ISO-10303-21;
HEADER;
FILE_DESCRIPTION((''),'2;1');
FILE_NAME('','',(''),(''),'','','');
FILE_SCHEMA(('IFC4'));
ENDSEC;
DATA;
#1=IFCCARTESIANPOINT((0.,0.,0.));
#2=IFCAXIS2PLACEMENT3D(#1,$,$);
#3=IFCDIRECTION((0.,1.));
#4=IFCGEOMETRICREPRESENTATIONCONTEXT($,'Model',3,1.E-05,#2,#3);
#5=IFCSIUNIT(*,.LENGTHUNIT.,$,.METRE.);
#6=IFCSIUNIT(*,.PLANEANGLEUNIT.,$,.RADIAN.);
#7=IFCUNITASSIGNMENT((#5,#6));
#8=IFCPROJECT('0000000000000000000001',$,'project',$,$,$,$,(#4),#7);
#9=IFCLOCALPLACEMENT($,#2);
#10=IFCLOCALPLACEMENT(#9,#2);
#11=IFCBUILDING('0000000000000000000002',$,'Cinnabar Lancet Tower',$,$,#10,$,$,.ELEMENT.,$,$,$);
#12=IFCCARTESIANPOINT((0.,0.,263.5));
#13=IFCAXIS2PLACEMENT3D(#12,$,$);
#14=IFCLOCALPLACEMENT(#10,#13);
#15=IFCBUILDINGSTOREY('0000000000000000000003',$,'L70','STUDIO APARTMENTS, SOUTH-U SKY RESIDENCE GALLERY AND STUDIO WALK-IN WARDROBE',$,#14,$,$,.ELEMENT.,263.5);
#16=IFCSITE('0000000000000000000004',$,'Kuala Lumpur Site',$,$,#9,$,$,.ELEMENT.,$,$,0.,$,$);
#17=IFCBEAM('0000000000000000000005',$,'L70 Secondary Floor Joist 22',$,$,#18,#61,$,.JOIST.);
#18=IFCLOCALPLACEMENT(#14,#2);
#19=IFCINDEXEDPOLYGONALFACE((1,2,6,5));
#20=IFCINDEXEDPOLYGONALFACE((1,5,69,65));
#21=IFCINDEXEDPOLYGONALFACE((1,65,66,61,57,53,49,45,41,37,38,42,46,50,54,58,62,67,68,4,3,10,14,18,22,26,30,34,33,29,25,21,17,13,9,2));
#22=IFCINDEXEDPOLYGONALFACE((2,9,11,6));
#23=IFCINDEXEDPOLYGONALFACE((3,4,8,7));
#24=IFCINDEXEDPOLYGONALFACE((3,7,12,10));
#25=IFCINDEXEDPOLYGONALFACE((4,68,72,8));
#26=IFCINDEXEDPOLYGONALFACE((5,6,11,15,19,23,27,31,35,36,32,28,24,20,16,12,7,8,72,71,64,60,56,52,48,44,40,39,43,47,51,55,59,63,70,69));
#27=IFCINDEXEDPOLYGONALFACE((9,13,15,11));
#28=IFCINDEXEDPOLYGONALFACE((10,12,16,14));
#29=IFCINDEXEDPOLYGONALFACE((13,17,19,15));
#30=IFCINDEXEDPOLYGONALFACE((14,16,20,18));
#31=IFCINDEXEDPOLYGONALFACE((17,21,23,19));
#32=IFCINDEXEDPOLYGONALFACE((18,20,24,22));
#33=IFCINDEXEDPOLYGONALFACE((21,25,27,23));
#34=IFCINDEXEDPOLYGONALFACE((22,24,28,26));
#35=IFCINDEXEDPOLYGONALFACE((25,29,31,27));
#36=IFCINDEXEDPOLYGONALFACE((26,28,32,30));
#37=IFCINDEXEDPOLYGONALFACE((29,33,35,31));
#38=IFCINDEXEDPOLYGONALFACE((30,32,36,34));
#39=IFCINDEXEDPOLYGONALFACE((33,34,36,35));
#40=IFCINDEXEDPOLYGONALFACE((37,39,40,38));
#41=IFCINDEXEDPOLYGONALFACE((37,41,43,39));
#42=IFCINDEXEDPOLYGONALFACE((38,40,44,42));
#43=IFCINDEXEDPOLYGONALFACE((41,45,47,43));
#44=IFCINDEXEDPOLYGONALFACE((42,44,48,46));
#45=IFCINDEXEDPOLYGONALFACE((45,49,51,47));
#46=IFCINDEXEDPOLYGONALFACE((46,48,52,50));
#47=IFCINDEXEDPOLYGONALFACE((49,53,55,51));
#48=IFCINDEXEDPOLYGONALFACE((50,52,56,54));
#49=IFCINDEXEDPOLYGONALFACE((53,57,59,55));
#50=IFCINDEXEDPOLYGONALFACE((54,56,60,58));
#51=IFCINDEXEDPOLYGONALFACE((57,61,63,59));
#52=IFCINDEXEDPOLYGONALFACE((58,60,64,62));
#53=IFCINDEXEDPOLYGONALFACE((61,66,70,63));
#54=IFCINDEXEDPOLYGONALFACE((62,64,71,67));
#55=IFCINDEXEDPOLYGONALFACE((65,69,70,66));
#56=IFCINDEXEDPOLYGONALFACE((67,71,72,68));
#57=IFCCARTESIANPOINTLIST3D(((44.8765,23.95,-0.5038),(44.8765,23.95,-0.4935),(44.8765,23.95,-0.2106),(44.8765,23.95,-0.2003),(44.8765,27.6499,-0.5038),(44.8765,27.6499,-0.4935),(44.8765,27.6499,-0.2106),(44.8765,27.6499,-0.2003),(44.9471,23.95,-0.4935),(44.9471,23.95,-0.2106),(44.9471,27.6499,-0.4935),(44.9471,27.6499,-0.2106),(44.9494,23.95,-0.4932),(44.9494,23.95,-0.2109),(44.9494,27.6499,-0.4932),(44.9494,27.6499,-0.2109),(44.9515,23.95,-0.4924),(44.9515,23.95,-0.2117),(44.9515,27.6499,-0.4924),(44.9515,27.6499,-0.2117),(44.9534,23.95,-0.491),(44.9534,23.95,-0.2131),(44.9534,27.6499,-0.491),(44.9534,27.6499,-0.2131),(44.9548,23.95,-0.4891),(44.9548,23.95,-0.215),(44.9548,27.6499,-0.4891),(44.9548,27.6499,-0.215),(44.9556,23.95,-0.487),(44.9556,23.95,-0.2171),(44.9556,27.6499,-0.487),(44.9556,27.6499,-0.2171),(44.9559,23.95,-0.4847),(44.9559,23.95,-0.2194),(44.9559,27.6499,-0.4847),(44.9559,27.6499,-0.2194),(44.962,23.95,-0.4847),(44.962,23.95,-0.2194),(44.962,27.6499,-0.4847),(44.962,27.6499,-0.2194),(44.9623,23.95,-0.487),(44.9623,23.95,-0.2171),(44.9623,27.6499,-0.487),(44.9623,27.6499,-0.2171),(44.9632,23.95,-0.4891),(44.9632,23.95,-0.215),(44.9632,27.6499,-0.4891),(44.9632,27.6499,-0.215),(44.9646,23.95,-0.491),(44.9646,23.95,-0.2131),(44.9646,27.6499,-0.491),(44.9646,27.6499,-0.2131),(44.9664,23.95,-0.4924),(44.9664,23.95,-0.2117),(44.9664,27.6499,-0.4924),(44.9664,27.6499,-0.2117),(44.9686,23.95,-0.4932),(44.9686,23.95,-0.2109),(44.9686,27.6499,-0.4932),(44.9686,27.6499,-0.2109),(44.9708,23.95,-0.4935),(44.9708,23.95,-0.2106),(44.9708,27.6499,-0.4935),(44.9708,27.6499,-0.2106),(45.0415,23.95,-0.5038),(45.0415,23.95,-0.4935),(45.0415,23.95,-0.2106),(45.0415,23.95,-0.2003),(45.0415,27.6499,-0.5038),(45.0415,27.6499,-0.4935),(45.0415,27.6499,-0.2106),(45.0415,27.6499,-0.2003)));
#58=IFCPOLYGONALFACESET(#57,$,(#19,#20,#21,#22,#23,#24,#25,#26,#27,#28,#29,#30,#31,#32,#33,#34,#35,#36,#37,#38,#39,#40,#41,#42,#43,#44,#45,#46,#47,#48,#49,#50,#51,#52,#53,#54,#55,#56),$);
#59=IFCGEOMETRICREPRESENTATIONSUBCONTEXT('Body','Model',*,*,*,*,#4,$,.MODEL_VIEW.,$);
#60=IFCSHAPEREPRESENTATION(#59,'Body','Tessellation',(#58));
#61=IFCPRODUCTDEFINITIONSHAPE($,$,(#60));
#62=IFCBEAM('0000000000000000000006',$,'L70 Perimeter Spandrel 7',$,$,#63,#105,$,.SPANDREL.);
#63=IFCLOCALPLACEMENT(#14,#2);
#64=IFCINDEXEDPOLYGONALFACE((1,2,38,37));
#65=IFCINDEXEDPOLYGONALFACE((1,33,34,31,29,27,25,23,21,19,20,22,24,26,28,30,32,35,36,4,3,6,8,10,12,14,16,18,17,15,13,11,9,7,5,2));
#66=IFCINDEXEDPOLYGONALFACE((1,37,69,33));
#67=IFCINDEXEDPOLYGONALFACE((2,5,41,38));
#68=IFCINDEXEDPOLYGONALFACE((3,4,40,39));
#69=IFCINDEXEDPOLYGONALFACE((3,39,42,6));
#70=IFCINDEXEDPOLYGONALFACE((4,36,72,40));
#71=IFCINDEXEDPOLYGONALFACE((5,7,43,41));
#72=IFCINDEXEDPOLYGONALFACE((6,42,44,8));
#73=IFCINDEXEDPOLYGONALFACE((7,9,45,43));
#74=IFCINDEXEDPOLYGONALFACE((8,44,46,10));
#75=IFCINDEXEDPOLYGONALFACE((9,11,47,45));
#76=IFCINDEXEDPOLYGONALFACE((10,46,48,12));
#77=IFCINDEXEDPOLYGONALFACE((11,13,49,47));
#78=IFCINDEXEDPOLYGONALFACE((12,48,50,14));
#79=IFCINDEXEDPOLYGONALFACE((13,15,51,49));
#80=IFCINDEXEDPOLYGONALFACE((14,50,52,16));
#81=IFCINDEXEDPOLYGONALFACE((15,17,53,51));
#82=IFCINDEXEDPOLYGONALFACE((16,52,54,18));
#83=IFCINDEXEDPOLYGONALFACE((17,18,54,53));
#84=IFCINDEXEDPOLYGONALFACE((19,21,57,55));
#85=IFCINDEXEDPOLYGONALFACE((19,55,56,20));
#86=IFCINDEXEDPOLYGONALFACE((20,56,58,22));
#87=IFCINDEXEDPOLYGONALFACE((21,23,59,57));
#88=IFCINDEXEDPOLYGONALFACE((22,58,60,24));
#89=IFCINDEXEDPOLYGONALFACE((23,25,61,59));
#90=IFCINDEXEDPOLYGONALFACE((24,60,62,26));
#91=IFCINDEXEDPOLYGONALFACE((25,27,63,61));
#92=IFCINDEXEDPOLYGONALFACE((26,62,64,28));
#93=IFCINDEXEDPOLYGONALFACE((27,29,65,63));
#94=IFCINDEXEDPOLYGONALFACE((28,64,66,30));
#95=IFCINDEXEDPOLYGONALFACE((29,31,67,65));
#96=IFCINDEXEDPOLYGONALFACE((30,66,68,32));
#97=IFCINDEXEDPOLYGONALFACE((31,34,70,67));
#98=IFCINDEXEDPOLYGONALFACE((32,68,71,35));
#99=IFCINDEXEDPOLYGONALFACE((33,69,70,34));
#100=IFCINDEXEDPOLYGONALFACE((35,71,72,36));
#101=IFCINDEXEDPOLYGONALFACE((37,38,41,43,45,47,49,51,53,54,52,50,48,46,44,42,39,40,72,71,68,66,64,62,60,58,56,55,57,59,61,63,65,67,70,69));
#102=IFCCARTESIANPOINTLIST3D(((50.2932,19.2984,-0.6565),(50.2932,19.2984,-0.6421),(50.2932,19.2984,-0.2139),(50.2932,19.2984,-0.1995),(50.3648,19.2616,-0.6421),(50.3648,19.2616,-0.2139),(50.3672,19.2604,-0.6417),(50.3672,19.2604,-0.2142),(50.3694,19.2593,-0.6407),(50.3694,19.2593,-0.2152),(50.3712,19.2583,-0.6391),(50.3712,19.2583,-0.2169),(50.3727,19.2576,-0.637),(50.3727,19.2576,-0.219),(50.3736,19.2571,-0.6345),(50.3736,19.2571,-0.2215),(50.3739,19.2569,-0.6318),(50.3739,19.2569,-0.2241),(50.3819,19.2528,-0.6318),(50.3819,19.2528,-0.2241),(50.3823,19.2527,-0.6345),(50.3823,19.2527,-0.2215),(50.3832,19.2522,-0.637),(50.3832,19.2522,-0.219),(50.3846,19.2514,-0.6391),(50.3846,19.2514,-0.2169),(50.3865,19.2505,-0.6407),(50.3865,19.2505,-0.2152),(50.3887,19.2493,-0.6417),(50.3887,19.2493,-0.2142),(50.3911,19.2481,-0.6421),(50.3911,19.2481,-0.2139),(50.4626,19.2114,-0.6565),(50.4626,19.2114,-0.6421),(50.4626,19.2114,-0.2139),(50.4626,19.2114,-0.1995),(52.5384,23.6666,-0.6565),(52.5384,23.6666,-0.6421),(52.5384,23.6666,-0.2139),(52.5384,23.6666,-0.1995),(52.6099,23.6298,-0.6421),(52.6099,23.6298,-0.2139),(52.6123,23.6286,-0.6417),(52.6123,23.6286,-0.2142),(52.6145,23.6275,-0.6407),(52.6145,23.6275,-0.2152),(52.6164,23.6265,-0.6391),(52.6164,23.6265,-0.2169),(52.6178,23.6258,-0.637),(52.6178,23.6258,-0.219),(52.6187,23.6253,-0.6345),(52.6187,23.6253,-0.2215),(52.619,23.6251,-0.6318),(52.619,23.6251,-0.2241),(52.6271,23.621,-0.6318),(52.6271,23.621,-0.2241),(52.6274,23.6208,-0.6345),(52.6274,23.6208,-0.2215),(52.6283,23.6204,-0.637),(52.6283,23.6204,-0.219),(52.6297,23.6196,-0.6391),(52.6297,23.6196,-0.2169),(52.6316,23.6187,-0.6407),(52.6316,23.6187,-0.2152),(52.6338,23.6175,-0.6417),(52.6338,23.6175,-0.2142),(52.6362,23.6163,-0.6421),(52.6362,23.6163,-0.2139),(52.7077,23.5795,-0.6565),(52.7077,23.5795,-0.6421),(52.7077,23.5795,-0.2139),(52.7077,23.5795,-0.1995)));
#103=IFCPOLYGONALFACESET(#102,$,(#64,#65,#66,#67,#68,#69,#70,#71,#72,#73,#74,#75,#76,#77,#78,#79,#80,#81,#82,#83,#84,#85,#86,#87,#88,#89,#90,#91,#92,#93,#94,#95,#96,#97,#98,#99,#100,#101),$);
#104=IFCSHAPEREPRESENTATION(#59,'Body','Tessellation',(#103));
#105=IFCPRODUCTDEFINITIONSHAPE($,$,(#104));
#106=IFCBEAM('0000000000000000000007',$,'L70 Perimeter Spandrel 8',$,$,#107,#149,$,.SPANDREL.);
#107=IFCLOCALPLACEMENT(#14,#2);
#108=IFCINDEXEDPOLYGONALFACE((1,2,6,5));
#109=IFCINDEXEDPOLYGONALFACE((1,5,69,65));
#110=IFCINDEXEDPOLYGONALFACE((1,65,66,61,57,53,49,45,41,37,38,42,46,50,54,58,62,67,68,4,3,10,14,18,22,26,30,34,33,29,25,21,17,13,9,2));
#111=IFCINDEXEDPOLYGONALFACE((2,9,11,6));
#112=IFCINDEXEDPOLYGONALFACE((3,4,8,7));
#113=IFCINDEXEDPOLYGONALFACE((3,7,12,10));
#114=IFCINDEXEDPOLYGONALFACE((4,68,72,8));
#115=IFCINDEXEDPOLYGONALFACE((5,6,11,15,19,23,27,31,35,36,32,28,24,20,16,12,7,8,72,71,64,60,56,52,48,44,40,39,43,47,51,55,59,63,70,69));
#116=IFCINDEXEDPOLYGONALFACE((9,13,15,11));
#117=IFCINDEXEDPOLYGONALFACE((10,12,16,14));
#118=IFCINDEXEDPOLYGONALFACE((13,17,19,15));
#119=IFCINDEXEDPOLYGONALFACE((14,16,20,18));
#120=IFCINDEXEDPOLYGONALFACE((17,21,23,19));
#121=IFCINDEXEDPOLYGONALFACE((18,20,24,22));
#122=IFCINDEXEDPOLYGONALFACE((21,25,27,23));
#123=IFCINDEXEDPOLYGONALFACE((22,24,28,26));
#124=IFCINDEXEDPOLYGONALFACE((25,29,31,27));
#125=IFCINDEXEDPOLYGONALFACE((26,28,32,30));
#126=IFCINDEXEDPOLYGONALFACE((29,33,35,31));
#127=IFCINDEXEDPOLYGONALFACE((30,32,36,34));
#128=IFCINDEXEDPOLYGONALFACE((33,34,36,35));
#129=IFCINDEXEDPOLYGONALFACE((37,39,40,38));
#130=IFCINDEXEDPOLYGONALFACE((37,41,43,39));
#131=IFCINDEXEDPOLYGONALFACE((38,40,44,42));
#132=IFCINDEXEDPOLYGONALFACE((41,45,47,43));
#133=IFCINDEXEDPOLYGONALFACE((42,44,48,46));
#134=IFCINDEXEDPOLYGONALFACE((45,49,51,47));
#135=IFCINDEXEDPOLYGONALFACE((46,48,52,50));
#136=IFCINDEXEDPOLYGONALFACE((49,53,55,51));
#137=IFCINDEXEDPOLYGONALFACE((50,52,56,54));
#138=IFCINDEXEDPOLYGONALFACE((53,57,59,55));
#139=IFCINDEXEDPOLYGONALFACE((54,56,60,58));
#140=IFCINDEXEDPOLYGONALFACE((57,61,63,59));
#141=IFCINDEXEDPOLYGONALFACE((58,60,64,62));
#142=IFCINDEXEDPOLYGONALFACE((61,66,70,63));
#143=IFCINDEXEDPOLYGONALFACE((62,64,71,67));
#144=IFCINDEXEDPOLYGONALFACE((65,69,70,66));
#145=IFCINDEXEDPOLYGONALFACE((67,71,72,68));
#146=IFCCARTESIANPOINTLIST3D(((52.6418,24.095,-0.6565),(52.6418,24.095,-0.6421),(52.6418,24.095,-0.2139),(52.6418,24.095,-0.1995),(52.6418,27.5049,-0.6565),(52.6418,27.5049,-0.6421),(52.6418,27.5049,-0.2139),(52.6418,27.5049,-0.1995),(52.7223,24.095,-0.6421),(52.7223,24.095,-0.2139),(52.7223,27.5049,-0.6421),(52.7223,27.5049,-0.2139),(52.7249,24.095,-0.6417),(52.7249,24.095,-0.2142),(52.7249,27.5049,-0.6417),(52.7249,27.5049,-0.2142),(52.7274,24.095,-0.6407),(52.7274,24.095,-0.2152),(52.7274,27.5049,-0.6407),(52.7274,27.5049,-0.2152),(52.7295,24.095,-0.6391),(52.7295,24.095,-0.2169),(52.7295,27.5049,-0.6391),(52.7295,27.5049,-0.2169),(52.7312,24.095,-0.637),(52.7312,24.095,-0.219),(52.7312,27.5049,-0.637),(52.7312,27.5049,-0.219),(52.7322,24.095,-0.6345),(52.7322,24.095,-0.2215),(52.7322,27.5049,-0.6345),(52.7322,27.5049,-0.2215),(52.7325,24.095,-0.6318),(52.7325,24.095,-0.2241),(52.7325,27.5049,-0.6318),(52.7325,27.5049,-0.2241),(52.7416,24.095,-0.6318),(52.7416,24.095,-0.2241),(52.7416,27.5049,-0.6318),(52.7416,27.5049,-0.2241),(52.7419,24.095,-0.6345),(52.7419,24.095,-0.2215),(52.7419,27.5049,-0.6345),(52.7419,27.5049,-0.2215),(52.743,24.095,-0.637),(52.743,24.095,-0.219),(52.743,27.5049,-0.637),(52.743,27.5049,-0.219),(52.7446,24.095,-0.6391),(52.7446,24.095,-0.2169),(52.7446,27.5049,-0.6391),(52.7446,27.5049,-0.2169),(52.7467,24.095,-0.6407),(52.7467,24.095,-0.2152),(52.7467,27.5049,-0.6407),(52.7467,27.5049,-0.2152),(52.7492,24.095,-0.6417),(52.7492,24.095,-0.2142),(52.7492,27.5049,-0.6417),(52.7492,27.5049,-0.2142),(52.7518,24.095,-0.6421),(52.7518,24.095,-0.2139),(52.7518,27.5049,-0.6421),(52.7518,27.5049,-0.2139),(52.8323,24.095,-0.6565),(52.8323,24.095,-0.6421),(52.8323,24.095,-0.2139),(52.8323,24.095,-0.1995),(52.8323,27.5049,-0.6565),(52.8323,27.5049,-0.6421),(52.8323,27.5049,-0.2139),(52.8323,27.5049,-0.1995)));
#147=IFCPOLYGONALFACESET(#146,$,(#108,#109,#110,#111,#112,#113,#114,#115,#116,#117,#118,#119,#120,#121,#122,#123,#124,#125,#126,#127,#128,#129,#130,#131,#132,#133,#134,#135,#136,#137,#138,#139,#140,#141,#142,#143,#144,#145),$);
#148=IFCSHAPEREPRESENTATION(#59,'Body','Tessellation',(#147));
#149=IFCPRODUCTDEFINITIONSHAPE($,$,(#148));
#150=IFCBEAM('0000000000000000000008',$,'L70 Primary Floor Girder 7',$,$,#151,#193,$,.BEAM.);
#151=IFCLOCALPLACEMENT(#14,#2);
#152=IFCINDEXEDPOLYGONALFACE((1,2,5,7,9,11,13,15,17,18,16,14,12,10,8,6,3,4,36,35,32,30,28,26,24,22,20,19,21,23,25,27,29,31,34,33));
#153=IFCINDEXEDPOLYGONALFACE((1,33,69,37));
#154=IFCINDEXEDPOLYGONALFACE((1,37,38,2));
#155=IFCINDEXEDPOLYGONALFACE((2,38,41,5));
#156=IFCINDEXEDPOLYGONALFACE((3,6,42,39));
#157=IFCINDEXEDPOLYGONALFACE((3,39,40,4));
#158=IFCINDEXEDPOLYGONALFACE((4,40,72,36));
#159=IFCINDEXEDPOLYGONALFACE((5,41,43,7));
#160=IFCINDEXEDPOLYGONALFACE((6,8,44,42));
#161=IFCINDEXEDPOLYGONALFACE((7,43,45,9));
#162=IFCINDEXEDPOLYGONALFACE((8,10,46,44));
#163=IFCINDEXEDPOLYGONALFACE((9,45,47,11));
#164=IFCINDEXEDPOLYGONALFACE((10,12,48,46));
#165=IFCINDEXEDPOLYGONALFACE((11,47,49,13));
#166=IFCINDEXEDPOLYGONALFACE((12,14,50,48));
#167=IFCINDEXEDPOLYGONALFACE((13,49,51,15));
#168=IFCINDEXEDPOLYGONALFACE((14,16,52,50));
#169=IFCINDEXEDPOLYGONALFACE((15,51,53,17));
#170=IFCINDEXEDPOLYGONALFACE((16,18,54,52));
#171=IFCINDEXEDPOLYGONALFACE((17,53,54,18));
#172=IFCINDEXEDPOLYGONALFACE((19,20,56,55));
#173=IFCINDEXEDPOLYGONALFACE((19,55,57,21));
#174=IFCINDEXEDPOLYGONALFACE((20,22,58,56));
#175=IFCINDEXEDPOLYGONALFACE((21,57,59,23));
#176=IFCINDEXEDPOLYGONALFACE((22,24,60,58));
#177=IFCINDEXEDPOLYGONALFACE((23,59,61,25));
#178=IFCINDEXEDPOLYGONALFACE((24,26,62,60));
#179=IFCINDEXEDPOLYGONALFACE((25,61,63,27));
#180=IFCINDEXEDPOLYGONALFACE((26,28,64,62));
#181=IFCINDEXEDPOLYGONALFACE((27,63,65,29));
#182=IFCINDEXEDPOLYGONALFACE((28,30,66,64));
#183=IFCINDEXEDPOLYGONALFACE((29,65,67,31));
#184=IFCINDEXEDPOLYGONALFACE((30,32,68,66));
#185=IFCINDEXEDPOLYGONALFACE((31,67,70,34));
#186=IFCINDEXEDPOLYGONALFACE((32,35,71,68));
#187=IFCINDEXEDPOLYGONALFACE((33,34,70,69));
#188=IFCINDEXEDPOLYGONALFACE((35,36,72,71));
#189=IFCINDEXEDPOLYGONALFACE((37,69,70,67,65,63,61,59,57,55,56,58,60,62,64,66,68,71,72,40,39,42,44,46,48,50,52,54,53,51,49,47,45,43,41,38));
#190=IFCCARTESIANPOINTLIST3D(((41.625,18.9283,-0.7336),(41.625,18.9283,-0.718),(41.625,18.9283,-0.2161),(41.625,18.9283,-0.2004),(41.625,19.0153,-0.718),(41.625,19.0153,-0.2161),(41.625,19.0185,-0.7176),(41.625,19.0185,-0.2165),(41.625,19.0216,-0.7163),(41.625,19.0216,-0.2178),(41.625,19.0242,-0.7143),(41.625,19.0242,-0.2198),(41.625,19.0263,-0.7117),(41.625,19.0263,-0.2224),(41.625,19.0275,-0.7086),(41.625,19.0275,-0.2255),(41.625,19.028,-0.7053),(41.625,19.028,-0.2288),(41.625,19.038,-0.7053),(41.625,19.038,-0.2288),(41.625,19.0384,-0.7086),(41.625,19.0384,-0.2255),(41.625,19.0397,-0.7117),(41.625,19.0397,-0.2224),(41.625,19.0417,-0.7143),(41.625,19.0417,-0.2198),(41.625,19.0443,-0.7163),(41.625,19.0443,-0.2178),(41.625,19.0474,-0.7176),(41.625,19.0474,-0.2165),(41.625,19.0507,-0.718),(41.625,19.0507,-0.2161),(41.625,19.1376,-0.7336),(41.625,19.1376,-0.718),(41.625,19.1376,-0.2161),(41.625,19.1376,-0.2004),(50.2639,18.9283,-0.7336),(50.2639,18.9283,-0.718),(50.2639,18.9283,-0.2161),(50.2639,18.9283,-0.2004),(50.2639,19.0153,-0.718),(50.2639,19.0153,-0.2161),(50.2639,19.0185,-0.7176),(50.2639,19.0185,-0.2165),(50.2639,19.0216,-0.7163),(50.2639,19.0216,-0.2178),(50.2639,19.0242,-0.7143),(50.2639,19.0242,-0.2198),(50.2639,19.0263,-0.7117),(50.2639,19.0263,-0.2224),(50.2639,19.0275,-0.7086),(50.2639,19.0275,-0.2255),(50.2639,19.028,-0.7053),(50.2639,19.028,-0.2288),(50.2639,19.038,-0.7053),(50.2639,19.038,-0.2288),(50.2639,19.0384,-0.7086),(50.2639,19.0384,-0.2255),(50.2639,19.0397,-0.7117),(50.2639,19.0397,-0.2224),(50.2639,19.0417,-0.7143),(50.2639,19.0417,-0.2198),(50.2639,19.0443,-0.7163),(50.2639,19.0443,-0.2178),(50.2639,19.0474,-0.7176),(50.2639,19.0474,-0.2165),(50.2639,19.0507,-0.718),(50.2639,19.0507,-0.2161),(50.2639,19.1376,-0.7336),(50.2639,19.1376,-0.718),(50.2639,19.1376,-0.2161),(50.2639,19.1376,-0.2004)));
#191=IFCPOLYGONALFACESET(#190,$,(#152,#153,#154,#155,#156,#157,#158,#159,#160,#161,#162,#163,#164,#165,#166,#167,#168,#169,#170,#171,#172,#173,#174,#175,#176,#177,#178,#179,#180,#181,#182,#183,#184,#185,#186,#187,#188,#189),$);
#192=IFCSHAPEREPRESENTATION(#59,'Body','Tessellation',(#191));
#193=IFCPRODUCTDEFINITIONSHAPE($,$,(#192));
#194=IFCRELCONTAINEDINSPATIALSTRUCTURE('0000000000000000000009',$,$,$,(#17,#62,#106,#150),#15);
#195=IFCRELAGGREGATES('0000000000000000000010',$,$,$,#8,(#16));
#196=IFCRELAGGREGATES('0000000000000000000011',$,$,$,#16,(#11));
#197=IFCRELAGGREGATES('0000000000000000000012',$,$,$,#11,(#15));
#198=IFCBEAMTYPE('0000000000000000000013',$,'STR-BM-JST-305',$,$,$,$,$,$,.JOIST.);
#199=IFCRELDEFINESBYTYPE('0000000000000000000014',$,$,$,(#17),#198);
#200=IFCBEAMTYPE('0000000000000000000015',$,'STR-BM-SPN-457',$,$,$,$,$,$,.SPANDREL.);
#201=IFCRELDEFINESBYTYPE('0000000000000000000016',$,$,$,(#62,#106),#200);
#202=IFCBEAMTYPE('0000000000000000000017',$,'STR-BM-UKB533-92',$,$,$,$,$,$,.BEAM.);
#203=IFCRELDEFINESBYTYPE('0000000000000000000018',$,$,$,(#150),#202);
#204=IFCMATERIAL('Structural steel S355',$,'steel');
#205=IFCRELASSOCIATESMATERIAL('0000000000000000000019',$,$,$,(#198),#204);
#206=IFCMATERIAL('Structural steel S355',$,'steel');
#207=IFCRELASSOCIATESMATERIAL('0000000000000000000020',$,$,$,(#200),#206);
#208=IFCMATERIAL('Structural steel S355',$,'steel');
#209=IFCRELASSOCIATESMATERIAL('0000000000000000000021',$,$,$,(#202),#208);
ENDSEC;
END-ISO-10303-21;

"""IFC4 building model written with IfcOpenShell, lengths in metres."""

from ifc_helpers import new_model, si_unit, direction, frame, origin, origin_2d, place, context, subcontext, project, spatial, i_section, extrude, material, material_profile, profile_set, type_object, element, save


model = new_model("IFC4")

# Units and contexts
model_context = context("Model", 3, precision=1e-05, world=origin(), true_north=direction((0.0, 1.0)))
body_context = subcontext(model_context, "Body", "Model", "MODEL_VIEW")
ifc_project = project(units=[si_unit("LENGTHUNIT", "METRE"), si_unit("PLANEANGLEUNIT", "RADIAN")], contexts=[model_context])

# Site, building, storey
site_placement = place(None, origin())
site = spatial("IfcSite", under=ifc_project, at=site_placement, Name="Kuala Lumpur Site", CompositionType="ELEMENT", RefElevation=0.0)
building_placement = place(site_placement, origin())
building = spatial("IfcBuilding", under=site, at=building_placement, Name="Cinnabar Lancet Tower", CompositionType="ELEMENT")
storey_placement = place(building_placement, frame((0.0, 0.0, 263.5)))
storey = spatial("IfcBuildingStorey", under=building, at=storey_placement, Name="L70", Description="STUDIO APARTMENTS, SOUTH-U SKY RESIDENCE GALLERY AND STUDIO WALK-IN WARDROBE", CompositionType="ELEMENT", Elevation=263.5)

# Beams
ifc_material_1 = material(Name="Structural steel S355", Category="steel")
ifc_material_profile_1 = material_profile(ifc_material_1, i_section(OverallWidth=0.165, OverallDepth=0.3035, WebThickness=0.0061, FlangeThickness=0.0103, FilletRadius=0.0088, at=origin_2d()), Name="UKB 305x165x40")
ifc_profile_set_1 = profile_set([ifc_material_profile_1], Name="Structural steel S355")
beam_type_1 = type_object("IfcBeamType", Name="STR-BM-JST-305", PredefinedType="JOIST", material=ifc_profile_set_1)
for number, where, z_axis, x_axis, name in (
    (1, (44.959, 23.95, -0.3521), (0.0, 1.0, 0.0), (-1.0, 0.0, 0.0), "L70 Secondary Floor Joist 22"),
):
    element("IfcBeam", number, at=place(storey_placement, frame(where, z_axis=z_axis, x_axis=x_axis)), inside=storey, type_object=beam_type_1, Name=name, PredefinedType="JOIST", context=body_context, shape_type="SweptSolid", body=[
        extrude(i_section(OverallWidth=0.165, OverallDepth=0.3035, WebThickness=0.0061, FlangeThickness=0.0103, FilletRadius=0.0088, at=origin_2d()), origin(), (0.0, 0.0, 1.0), 3.7),
    ])
ifc_material_2 = material(Name="Structural steel S355", Category="steel")
ifc_material_profile_2 = material_profile(ifc_material_2, i_section(OverallWidth=0.1904, OverallDepth=0.457, WebThickness=0.009, FlangeThickness=0.0144, FilletRadius=0.0103, at=origin_2d()), Name="UKB 457x191x74")
ifc_profile_set_2 = profile_set([ifc_material_profile_2], Name="Structural steel S355")
beam_type_2 = type_object("IfcBeamType", Name="STR-BM-SPN-457", PredefinedType="SPANDREL", material=ifc_profile_set_2)
beam_1_placement = place(storey_placement, frame((50.3779, 19.2549, -0.428), z_axis=(0.457128, 0.889401, 0.0), x_axis=(-0.889401, 0.457128, 0.0)))
element("IfcBeam", 2, at=beam_1_placement, inside=storey, type_object=beam_type_2, Name="L70 Perimeter Spandrel 7", PredefinedType="SPANDREL", context=body_context, shape_type="SweptSolid", body=[
    extrude(i_section(OverallWidth=0.1904, OverallDepth=0.457, WebThickness=0.009, FlangeThickness=0.0144, FilletRadius=0.0103, at=origin_2d()), origin(), (0.0, 0.0, 1.0), 4.9114),
])
beam_2_placement = place(storey_placement, frame((52.7371, 24.095, -0.428), z_axis=(0.0, 1.0, 0.0), x_axis=(-1.0, 0.0, 0.0)))
element("IfcBeam", 3, at=beam_2_placement, inside=storey, type_object=beam_type_2, Name="L70 Perimeter Spandrel 8", PredefinedType="SPANDREL", context=body_context, shape_type="SweptSolid", body=[
    extrude(i_section(OverallWidth=0.1904, OverallDepth=0.457, WebThickness=0.009, FlangeThickness=0.0144, FilletRadius=0.0103, at=origin_2d()), origin(), (0.0, 0.0, 1.0), 3.4099),
])
ifc_material_3 = material(Name="Structural steel S355", Category="steel")
ifc_material_profile_3 = material_profile(ifc_material_3, i_section(OverallWidth=0.2092, OverallDepth=0.5332, WebThickness=0.01, FlangeThickness=0.0156, FilletRadius=0.0127, at=origin_2d()), Name="UKB 533x210x92")
ifc_profile_set_3 = profile_set([ifc_material_profile_3], Name="Structural steel S355")
beam_type_3 = type_object("IfcBeamType", Name="STR-BM-UKB533-92", PredefinedType="BEAM", material=ifc_profile_set_3)
beam_3_placement = place(storey_placement, frame((50.2639, 19.033, -0.467), z_axis=(-1.0, 0.0, 0.0), x_axis=(0.0, -1.0, 0.0)))
element("IfcBeam", 4, at=beam_3_placement, inside=storey, type_object=beam_type_3, Name="L70 Primary Floor Girder 7", PredefinedType="BEAM", context=body_context, shape_type="SweptSolid", body=[
    extrude(i_section(OverallWidth=0.2092, OverallDepth=0.5332, WebThickness=0.01, FlangeThickness=0.0156, FilletRadius=0.0127, at=origin_2d()), origin(), (0.0, 0.0, 1.0), 8.6389),
])

save(model, "model.ifc")
